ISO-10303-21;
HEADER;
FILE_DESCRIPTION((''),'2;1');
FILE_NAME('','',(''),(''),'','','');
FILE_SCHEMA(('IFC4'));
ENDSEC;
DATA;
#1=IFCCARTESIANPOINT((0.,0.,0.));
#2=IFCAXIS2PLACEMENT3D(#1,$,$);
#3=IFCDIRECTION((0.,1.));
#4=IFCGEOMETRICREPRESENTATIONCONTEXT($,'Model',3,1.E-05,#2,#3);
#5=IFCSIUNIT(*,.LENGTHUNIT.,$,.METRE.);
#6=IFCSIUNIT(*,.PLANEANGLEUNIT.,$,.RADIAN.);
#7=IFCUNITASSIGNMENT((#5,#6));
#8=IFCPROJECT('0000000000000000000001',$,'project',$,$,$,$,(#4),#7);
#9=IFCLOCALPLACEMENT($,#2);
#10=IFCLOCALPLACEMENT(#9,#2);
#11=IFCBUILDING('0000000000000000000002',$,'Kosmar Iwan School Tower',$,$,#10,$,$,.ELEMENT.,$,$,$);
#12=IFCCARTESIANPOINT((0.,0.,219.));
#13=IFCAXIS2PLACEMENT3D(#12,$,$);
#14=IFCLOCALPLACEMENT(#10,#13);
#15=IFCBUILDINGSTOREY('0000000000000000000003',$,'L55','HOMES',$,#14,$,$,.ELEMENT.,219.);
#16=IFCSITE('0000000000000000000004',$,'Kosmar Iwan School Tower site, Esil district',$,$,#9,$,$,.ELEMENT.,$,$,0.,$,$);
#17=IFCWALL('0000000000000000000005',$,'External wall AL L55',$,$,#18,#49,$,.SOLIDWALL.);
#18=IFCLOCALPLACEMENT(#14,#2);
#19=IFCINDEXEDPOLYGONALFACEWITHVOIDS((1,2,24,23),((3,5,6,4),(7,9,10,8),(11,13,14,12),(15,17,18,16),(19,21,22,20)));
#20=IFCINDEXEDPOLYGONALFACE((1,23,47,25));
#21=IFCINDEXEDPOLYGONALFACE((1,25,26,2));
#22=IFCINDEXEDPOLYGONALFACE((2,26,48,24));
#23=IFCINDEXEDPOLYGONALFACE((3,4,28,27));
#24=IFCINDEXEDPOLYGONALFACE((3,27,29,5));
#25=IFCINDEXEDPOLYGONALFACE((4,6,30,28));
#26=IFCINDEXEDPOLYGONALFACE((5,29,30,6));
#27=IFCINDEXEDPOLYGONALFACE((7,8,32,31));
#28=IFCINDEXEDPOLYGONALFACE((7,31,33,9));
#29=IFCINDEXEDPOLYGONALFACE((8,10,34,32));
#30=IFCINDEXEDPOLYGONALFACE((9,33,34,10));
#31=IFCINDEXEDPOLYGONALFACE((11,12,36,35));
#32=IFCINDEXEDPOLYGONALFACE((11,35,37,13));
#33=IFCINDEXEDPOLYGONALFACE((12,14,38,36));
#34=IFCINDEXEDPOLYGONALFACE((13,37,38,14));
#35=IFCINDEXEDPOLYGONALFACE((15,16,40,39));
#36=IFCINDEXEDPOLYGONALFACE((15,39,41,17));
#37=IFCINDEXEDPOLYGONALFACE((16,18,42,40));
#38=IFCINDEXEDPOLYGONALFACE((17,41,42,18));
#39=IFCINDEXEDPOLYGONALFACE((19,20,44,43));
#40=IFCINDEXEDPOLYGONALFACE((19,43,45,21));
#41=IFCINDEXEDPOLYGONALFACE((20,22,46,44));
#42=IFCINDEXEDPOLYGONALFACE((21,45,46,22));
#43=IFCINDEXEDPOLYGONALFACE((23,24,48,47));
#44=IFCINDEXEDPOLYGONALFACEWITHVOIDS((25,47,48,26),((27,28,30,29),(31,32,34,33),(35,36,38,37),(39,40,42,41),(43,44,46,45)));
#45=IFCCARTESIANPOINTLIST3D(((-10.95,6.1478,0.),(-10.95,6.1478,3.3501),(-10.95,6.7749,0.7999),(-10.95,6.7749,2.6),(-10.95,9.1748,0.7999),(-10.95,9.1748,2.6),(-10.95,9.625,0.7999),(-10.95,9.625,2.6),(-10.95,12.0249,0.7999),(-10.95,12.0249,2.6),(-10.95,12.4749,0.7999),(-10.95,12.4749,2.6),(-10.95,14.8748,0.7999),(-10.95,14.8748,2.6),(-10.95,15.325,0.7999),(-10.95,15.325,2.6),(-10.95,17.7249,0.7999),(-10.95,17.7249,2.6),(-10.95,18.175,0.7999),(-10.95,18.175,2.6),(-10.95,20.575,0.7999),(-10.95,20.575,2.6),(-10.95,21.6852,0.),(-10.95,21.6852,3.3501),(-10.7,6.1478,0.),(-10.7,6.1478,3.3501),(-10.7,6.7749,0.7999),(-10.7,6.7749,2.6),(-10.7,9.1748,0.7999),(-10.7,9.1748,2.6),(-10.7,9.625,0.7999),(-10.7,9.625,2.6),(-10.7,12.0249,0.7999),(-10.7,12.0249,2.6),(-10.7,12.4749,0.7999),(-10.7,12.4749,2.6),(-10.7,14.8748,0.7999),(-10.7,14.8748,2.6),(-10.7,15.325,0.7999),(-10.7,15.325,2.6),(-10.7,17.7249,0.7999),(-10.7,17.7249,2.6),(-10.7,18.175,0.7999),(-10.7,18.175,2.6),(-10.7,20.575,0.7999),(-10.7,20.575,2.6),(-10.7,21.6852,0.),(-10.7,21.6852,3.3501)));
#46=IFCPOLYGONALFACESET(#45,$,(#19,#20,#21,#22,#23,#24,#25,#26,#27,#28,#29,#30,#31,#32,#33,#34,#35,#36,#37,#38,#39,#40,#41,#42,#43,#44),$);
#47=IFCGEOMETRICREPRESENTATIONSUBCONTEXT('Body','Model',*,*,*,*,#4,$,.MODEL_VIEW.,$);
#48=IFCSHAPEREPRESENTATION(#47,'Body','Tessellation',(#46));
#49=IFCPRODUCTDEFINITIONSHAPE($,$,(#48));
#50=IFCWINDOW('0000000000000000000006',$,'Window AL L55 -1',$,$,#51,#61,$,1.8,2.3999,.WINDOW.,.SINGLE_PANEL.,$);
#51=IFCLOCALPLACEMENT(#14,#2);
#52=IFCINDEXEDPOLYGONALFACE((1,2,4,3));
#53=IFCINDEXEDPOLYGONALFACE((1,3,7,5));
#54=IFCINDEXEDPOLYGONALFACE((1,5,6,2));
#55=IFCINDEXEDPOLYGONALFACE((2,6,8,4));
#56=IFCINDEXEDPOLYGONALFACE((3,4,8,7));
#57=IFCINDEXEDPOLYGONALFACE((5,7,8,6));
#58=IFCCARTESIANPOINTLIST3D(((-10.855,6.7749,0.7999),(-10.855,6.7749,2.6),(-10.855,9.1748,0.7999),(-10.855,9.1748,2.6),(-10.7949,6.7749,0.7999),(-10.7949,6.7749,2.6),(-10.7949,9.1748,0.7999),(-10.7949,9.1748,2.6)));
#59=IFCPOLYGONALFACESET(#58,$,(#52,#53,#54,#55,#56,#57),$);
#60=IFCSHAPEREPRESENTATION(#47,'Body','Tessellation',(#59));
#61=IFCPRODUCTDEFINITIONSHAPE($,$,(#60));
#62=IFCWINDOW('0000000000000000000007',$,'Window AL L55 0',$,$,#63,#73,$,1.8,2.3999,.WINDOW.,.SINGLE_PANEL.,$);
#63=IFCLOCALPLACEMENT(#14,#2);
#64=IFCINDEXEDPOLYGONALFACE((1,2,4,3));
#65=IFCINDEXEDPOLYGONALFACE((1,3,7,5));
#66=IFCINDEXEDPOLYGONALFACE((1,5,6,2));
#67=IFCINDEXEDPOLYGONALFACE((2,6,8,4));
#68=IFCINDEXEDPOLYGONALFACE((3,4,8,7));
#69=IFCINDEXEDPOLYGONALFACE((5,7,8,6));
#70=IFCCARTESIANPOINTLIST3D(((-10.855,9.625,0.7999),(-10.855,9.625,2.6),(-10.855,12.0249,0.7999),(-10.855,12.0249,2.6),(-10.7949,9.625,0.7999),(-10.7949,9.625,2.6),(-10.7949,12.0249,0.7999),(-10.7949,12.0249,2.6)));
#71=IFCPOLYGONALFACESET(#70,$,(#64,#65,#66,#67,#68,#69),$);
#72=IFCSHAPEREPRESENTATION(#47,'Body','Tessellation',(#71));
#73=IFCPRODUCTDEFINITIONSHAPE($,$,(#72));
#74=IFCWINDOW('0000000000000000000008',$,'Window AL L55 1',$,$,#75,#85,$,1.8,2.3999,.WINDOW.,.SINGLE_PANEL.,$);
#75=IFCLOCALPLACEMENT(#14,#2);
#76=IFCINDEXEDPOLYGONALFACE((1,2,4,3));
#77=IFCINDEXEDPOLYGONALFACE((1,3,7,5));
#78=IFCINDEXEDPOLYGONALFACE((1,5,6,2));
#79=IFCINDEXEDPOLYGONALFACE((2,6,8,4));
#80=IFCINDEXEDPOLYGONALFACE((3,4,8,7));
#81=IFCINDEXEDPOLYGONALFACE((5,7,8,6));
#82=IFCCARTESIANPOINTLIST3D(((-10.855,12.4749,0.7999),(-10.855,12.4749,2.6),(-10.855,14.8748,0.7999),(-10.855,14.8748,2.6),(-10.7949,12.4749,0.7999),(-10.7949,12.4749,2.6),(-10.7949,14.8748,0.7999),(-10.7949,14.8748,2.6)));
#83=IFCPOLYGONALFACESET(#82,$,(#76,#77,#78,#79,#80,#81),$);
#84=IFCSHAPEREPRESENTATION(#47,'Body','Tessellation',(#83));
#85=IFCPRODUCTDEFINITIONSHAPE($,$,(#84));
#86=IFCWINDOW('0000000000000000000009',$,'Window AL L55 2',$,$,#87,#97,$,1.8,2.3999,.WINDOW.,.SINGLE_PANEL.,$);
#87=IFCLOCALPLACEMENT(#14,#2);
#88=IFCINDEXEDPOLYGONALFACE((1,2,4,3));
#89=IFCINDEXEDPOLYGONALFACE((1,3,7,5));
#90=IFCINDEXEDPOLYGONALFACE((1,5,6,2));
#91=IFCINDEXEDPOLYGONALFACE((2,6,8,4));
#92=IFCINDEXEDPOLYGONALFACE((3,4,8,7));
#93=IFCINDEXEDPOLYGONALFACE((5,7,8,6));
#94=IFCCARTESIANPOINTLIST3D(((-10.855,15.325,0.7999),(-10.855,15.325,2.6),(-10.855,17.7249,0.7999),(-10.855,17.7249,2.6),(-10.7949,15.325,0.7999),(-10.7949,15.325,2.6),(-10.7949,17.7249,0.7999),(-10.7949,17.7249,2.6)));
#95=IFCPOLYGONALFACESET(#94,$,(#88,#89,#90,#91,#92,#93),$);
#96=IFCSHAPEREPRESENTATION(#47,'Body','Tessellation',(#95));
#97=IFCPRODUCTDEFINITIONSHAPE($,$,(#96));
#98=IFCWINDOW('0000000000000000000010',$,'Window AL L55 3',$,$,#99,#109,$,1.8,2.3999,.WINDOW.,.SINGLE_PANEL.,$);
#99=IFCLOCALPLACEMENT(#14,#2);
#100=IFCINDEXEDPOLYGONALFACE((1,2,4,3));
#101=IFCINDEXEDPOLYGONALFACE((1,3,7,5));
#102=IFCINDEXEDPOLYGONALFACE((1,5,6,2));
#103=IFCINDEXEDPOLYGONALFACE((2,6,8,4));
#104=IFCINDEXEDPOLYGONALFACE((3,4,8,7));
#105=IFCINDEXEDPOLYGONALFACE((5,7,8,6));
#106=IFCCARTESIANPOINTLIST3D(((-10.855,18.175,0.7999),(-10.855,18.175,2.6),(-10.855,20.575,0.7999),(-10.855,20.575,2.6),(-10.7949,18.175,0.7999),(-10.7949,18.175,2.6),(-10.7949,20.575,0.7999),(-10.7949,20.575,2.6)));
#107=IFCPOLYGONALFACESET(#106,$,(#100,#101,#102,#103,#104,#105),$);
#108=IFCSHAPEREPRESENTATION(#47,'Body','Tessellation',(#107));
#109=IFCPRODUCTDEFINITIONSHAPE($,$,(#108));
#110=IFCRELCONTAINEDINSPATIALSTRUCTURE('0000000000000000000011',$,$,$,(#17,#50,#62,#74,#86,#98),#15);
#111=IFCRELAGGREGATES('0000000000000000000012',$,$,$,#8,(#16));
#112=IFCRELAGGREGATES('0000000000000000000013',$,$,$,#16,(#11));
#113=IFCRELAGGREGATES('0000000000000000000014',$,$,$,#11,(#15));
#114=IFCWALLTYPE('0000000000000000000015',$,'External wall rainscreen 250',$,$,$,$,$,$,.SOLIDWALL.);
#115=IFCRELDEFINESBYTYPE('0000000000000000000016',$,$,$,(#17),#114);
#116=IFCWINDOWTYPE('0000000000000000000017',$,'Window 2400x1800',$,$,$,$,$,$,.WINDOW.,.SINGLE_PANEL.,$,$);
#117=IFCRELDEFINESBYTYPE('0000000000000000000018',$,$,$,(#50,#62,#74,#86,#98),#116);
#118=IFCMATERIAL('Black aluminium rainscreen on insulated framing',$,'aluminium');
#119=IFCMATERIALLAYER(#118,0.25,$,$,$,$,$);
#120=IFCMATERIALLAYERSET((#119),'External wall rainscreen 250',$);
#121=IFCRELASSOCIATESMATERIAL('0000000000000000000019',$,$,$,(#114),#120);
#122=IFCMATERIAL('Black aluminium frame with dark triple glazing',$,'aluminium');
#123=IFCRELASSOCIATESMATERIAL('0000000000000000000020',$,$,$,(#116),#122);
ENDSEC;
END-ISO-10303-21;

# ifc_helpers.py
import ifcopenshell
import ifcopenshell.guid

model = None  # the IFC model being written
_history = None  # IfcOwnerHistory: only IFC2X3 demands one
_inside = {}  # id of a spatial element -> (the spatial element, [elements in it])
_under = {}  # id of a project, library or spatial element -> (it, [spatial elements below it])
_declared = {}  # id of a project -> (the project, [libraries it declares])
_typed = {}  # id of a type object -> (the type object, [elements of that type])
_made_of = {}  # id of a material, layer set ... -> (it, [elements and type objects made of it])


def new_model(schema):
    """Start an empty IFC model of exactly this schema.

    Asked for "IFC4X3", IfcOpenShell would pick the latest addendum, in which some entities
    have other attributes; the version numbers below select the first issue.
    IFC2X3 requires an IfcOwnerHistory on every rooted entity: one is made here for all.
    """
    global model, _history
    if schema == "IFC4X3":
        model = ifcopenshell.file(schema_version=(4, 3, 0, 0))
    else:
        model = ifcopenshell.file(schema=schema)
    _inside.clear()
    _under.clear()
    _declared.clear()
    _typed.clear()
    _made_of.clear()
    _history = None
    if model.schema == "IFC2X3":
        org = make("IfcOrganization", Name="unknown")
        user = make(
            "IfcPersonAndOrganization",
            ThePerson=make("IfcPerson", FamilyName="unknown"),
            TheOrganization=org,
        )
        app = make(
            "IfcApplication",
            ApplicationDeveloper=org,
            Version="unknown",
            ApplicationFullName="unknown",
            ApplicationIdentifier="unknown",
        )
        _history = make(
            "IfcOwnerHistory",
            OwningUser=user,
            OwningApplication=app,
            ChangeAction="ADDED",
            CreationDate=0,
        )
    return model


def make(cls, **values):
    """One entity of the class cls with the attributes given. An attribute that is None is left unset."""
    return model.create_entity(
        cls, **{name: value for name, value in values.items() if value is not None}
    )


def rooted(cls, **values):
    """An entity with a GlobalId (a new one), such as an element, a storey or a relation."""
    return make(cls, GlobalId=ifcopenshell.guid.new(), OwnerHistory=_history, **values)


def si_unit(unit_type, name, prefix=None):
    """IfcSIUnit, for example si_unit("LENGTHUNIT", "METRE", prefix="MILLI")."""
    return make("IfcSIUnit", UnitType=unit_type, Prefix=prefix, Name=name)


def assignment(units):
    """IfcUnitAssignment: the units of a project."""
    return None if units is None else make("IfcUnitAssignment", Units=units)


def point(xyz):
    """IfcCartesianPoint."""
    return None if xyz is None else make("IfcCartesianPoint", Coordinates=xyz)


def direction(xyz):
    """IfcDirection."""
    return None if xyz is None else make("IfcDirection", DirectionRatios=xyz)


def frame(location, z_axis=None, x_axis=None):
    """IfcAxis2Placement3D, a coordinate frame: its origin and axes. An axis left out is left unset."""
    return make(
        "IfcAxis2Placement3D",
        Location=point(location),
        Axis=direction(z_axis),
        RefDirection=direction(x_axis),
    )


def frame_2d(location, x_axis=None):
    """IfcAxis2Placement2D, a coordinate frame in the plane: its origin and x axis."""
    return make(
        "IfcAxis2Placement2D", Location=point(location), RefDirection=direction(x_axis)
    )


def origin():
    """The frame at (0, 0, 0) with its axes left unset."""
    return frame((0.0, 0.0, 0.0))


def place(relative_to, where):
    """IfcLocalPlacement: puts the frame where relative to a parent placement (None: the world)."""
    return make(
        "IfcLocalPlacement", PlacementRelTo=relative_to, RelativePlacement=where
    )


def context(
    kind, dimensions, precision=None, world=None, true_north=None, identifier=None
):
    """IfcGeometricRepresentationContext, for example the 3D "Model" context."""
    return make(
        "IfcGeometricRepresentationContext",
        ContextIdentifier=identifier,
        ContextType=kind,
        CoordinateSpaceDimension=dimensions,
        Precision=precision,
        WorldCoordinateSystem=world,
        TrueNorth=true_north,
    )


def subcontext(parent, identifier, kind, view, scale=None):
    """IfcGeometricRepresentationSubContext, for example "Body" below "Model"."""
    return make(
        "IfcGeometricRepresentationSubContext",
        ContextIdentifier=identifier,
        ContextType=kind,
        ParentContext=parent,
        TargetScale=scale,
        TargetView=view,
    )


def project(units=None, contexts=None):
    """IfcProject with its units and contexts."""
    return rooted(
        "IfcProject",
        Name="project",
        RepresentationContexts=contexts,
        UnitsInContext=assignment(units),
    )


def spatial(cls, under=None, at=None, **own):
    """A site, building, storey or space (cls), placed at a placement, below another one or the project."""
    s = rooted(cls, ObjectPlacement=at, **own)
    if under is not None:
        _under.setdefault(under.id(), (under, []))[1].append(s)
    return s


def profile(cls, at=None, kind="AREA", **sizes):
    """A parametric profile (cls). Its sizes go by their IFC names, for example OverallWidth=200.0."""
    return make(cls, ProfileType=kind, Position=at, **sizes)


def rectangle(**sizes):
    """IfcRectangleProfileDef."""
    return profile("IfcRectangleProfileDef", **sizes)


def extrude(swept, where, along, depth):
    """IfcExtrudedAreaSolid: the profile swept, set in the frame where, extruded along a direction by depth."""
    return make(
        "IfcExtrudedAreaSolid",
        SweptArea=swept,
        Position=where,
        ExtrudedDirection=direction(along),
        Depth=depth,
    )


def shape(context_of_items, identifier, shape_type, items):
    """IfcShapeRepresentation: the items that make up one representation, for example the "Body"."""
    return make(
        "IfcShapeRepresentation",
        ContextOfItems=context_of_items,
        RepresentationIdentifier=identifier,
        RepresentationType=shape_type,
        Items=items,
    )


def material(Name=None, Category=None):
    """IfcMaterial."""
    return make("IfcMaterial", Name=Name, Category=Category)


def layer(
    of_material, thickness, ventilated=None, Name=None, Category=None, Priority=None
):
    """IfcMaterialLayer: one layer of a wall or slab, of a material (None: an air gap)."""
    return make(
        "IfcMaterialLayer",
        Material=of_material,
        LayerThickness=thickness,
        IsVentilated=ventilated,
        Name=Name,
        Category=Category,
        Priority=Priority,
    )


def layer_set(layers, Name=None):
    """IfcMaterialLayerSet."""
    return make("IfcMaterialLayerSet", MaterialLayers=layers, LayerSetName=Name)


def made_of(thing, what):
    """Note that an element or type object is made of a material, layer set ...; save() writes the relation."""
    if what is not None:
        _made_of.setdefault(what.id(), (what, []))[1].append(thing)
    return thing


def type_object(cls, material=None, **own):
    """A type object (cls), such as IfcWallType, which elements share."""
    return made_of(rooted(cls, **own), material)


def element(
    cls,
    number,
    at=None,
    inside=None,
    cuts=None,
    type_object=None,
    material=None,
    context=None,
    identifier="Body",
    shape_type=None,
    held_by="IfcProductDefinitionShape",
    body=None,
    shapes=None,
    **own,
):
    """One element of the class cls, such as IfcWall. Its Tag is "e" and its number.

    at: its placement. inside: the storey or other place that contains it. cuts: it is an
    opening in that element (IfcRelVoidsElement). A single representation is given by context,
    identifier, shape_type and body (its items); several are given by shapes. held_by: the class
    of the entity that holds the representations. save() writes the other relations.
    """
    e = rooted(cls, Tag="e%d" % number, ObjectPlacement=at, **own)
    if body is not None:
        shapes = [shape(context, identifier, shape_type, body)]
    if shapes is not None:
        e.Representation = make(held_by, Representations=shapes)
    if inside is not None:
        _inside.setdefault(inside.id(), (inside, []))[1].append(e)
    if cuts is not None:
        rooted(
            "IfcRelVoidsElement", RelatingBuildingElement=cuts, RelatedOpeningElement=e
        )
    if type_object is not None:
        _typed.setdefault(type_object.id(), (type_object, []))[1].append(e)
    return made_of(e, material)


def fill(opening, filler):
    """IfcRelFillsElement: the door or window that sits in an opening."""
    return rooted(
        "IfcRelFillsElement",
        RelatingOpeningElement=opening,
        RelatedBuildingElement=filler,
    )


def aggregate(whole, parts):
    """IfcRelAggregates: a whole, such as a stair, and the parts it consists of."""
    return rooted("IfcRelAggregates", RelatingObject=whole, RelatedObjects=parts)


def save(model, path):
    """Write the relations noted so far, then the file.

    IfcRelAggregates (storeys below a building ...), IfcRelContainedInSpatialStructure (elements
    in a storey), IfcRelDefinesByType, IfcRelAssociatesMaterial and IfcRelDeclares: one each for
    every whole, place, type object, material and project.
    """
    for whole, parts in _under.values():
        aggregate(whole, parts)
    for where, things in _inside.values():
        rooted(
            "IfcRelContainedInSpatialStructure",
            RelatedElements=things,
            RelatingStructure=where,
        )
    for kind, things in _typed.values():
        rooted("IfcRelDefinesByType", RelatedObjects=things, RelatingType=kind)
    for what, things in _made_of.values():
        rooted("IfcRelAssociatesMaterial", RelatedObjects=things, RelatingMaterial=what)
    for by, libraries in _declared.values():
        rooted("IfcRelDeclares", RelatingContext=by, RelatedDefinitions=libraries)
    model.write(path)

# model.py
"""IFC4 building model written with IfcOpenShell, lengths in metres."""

from ifc_helpers import new_model, si_unit, direction, frame, frame_2d, origin, place, context, subcontext, project, spatial, rectangle, extrude, material, layer, layer_set, type_object, element, fill, save


model = new_model("IFC4")

# Units and contexts
model_context = context("Model", 3, precision=1e-05, world=origin(), true_north=direction((0.0, 1.0)))
body_context = subcontext(model_context, "Body", "Model", "MODEL_VIEW")
ifc_project = project(units=[si_unit("LENGTHUNIT", "METRE"), si_unit("PLANEANGLEUNIT", "RADIAN")], contexts=[model_context])

# Site, building, storey
site_placement = place(None, origin())
site = spatial("IfcSite", under=ifc_project, at=site_placement, Name="Kosmar Iwan School Tower site, Esil district", CompositionType="ELEMENT", RefElevation=0.0)
building_placement = place(site_placement, origin())
building = spatial("IfcBuilding", under=site, at=building_placement, Name="Kosmar Iwan School Tower", CompositionType="ELEMENT")
storey_placement = place(building_placement, frame((0.0, 0.0, 219.0)))
storey = spatial("IfcBuildingStorey", under=building, at=storey_placement, Name="L55", Description="HOMES", CompositionType="ELEMENT", Elevation=219.0)

# Wall, openings, windows
ifc_material_1 = material(Name="Black aluminium rainscreen on insulated framing", Category="aluminium")
ifc_layer_1 = layer(ifc_material_1, 0.25)
ifc_layer_set_1 = layer_set([ifc_layer_1], Name="External wall rainscreen 250")
wall_type_1 = type_object("IfcWallType", Name="External wall rainscreen 250", PredefinedType="SOLIDWALL", material=ifc_layer_set_1)
wall_1_placement = place(storey_placement, frame((-10.825, 6.1479, 0.0), z_axis=(0.0, 0.0, 1.0), x_axis=(0.0, 1.0, 0.0)))
wall_1 = element("IfcWall", 1, at=wall_1_placement, inside=storey, type_object=wall_type_1, Name="External wall AL L55", PredefinedType="SOLIDWALL", context=body_context, shape_type="SweptSolid", body=[
    extrude(rectangle(XDim=15.5374, YDim=0.25, at=frame_2d((7.7686, 0.0))), origin(), (0.0, 0.0, 1.0), 3.3501),
])
opening_1_placement = place(wall_1_placement, frame((0.627, 0.0, 0.8)))
opening_1 = element("IfcOpeningElement", 2, at=opening_1_placement, cuts=wall_1, PredefinedType="OPENING", context=body_context, shape_type="SweptSolid", body=[
    extrude(rectangle(XDim=2.3999, YDim=1.8, at=frame_2d((1.2, 0.8999))), frame((0.0, 0.137, 0.0), z_axis=(0.0, -1.0, 0.0), x_axis=(1.0, 0.0, 0.0)), (0.0, 0.0, 1.0), 0.2739),
])
opening_2_placement = place(wall_1_placement, frame((3.4771, 0.0, 0.8)))
opening_2 = element("IfcOpeningElement", 3, at=opening_2_placement, cuts=wall_1, PredefinedType="OPENING", context=body_context, shape_type="SweptSolid", body=[
    extrude(rectangle(XDim=2.3999, YDim=1.8, at=frame_2d((1.2, 0.8999))), frame((0.0, 0.137, 0.0), z_axis=(0.0, -1.0, 0.0), x_axis=(1.0, 0.0, 0.0)), (0.0, 0.0, 1.0), 0.2739),
])
opening_3_placement = place(wall_1_placement, frame((6.3269, 0.0, 0.8)))
opening_3 = element("IfcOpeningElement", 4, at=opening_3_placement, cuts=wall_1, PredefinedType="OPENING", context=body_context, shape_type="SweptSolid", body=[
    extrude(rectangle(XDim=2.3999, YDim=1.8, at=frame_2d((1.2, 0.8999))), frame((0.0, 0.137, 0.0), z_axis=(0.0, -1.0, 0.0), x_axis=(1.0, 0.0, 0.0)), (0.0, 0.0, 1.0), 0.2739),
])
opening_4_placement = place(wall_1_placement, frame((9.177, 0.0, 0.8)))
opening_4 = element("IfcOpeningElement", 5, at=opening_4_placement, cuts=wall_1, PredefinedType="OPENING", context=body_context, shape_type="SweptSolid", body=[
    extrude(rectangle(XDim=2.3999, YDim=1.8, at=frame_2d((1.2, 0.8999))), frame((0.0, 0.137, 0.0), z_axis=(0.0, -1.0, 0.0), x_axis=(1.0, 0.0, 0.0)), (0.0, 0.0, 1.0), 0.2739),
])
opening_5_placement = place(wall_1_placement, frame((12.0271, 0.0, 0.8)))
opening_5 = element("IfcOpeningElement", 6, at=opening_5_placement, cuts=wall_1, PredefinedType="OPENING", context=body_context, shape_type="SweptSolid", body=[
    extrude(rectangle(XDim=2.3999, YDim=1.8, at=frame_2d((1.2, 0.8999))), frame((0.0, 0.137, 0.0), z_axis=(0.0, -1.0, 0.0), x_axis=(1.0, 0.0, 0.0)), (0.0, 0.0, 1.0), 0.2739),
])
ifc_material_2 = material(Name="Black aluminium frame with dark triple glazing", Category="aluminium")
window_type = type_object("IfcWindowType", Name="Window 2400x1800", PartitioningType="SINGLE_PANEL", PredefinedType="WINDOW", material=ifc_material_2)
window_1_placement = place(opening_1_placement, origin())
window_1 = element("IfcWindow", 7, at=window_1_placement, inside=storey, type_object=window_type, Name="Window AL L55 -1", OverallHeight=1.8, OverallWidth=2.3999, PartitioningType="SINGLE_PANEL", PredefinedType="WINDOW", context=body_context, shape_type="SweptSolid", body=[
    extrude(rectangle(XDim=2.3999, YDim=1.8, at=frame_2d((1.2, 0.8999))), frame((0.0, 0.03, 0.0), z_axis=(0.0, -1.0, 0.0), x_axis=(1.0, 0.0, 0.0)), (0.0, 0.0, 1.0), 0.0601),
])
fill(opening_1, window_1)
window_2_placement = place(opening_2_placement, origin())
window_2 = element("IfcWindow", 8, at=window_2_placement, inside=storey, type_object=window_type, Name="Window AL L55 0", OverallHeight=1.8, OverallWidth=2.3999, PartitioningType="SINGLE_PANEL", PredefinedType="WINDOW", context=body_context, shape_type="SweptSolid", body=[
    extrude(rectangle(XDim=2.3999, YDim=1.8, at=frame_2d((1.2, 0.8999))), frame((0.0, 0.03, 0.0), z_axis=(0.0, -1.0, 0.0), x_axis=(1.0, 0.0, 0.0)), (0.0, 0.0, 1.0), 0.0601),
])
fill(opening_2, window_2)
window_3_placement = place(opening_3_placement, origin())
window_3 = element("IfcWindow", 9, at=window_3_placement, inside=storey, type_object=window_type, Name="Window AL L55 1", OverallHeight=1.8, OverallWidth=2.3999, PartitioningType="SINGLE_PANEL", PredefinedType="WINDOW", context=body_context, shape_type="SweptSolid", body=[
    extrude(rectangle(XDim=2.3999, YDim=1.8, at=frame_2d((1.2, 0.8999))), frame((0.0, 0.03, 0.0), z_axis=(0.0, -1.0, 0.0), x_axis=(1.0, 0.0, 0.0)), (0.0, 0.0, 1.0), 0.0601),
])
fill(opening_3, window_3)
window_4_placement = place(opening_4_placement, origin())
window_4 = element("IfcWindow", 10, at=window_4_placement, inside=storey, type_object=window_type, Name="Window AL L55 2", OverallHeight=1.8, OverallWidth=2.3999, PartitioningType="SINGLE_PANEL", PredefinedType="WINDOW", context=body_context, shape_type="SweptSolid", body=[
    extrude(rectangle(XDim=2.3999, YDim=1.8, at=frame_2d((1.2, 0.8999))), frame((0.0, 0.03, 0.0), z_axis=(0.0, -1.0, 0.0), x_axis=(1.0, 0.0, 0.0)), (0.0, 0.0, 1.0), 0.0601),
])
fill(opening_4, window_4)
window_5_placement = place(opening_5_placement, origin())
window_5 = element("IfcWindow", 11, at=window_5_placement, inside=storey, type_object=window_type, Name="Window AL L55 3", OverallHeight=1.8, OverallWidth=2.3999, PartitioningType="SINGLE_PANEL", PredefinedType="WINDOW", context=body_context, shape_type="SweptSolid", body=[
    extrude(rectangle(XDim=2.3999, YDim=1.8, at=frame_2d((1.2, 0.8999))), frame((0.0, 0.03, 0.0), z_axis=(0.0, -1.0, 0.0), x_axis=(1.0, 0.0, 0.0)), (0.0, 0.0, 1.0), 0.0601),
])
fill(opening_5, window_5)

save(model, "model.ifc")
